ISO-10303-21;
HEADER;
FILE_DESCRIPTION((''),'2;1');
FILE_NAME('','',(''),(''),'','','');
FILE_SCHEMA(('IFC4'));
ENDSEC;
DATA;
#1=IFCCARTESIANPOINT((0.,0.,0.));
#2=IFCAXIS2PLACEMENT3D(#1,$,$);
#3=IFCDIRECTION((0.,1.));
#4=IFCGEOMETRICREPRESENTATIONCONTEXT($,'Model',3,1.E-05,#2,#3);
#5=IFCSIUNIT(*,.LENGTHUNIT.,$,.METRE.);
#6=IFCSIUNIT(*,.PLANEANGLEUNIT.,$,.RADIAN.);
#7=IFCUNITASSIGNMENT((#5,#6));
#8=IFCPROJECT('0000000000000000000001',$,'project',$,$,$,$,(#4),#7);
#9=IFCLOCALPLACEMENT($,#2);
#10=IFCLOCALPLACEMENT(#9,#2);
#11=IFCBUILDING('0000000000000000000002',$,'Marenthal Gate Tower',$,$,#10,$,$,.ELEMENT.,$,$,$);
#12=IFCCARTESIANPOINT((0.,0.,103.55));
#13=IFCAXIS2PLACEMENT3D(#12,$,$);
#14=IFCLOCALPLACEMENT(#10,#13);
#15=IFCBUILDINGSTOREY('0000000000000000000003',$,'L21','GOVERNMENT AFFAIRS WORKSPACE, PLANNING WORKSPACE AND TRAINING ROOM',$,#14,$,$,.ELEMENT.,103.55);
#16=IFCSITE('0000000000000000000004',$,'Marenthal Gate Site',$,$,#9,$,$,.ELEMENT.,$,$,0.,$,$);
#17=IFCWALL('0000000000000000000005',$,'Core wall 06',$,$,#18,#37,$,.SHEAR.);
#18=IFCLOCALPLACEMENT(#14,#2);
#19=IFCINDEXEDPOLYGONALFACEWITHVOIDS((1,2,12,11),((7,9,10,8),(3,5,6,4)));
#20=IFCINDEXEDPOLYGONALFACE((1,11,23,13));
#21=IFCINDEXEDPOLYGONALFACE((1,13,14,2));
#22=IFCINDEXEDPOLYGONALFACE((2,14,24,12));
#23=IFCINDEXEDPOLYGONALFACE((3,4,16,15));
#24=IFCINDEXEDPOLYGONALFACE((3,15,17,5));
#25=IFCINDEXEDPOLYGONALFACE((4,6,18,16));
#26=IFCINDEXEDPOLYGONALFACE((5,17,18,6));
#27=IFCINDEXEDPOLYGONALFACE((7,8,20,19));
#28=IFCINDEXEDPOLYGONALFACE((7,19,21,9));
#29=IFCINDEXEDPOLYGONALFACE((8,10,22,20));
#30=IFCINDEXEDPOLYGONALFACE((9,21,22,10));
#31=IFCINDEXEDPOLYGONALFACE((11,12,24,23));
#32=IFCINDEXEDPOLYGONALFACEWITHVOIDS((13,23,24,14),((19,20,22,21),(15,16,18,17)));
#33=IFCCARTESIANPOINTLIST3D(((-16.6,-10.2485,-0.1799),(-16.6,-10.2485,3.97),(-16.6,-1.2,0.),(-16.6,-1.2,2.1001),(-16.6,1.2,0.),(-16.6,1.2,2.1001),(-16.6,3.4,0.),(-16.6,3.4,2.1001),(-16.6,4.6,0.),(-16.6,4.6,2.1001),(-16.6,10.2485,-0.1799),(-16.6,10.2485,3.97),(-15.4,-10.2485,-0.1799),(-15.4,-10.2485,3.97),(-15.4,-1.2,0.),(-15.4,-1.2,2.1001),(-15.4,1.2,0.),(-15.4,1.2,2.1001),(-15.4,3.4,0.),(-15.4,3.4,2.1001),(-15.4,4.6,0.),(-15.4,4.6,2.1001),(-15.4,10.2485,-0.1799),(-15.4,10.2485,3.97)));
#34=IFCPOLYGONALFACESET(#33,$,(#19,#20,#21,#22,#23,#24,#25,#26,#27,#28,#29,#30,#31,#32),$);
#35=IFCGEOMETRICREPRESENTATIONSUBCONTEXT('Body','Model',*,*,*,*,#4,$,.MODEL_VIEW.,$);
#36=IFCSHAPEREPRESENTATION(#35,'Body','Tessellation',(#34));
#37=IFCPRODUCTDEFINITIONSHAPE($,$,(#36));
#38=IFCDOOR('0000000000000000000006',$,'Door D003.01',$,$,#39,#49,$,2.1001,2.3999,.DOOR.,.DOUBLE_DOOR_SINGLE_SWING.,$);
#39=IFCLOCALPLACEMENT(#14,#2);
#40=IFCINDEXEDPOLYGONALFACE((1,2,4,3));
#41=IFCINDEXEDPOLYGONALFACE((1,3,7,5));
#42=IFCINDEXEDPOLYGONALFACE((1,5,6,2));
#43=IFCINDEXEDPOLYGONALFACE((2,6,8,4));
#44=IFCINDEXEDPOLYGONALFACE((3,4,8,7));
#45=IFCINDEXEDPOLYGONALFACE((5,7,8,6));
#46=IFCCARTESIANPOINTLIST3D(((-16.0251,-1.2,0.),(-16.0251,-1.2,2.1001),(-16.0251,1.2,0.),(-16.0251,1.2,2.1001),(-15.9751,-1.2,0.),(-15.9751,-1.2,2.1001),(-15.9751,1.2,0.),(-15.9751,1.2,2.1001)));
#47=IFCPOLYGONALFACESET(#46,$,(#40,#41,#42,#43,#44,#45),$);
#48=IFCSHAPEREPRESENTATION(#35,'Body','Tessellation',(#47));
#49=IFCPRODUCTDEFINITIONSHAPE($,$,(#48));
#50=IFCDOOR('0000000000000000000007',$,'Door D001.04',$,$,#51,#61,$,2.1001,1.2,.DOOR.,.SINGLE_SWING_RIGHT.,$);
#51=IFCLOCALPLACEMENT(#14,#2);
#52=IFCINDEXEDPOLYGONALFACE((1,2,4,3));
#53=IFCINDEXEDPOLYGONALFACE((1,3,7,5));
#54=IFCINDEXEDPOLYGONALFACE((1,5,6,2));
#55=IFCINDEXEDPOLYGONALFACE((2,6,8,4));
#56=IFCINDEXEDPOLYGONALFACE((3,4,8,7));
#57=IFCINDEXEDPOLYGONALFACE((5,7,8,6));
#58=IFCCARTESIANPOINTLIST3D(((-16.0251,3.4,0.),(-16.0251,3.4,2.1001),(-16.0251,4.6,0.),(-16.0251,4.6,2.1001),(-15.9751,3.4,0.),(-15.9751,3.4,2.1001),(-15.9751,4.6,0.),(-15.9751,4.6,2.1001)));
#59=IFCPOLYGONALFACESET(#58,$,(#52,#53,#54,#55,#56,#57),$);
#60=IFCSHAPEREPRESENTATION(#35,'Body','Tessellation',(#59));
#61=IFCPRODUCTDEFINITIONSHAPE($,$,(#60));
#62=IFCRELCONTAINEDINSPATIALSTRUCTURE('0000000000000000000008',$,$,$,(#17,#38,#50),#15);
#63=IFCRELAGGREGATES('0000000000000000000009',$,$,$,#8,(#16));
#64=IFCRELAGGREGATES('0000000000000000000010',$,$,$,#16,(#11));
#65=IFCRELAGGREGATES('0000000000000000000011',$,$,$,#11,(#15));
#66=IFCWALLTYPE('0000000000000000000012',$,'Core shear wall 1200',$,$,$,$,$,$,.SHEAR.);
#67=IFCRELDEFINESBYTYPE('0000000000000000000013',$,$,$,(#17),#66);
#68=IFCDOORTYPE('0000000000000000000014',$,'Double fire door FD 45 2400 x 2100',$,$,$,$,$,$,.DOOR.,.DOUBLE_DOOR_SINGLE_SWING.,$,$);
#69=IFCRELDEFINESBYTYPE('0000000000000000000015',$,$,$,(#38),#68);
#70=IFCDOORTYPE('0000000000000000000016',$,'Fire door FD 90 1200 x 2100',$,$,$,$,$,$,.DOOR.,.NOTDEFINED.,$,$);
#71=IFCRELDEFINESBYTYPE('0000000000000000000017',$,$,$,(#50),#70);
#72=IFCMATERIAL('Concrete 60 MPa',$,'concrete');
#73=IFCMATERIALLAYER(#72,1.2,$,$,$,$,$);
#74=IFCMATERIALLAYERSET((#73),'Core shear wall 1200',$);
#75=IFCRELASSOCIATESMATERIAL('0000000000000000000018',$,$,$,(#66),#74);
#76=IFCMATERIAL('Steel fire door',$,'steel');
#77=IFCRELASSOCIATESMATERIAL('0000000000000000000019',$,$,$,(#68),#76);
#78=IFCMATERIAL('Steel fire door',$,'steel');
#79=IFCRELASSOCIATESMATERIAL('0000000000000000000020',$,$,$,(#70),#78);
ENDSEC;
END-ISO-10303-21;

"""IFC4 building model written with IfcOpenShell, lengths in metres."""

from ifc_helpers import new_model, si_unit, direction, frame, frame_2d, origin, place, context, subcontext, project, spatial, rectangle, extrude, material, layer, layer_set, type_object, element, fill, save


model = new_model("IFC4")

# Units and contexts
model_context = context("Model", 3, precision=1e-05, world=origin(), true_north=direction((0.0, 1.0)))
body_context = subcontext(model_context, "Body", "Model", "MODEL_VIEW")
ifc_project = project(units=[si_unit("LENGTHUNIT", "METRE"), si_unit("PLANEANGLEUNIT", "RADIAN")], contexts=[model_context])

# Site, building, storey
site_placement = place(None, origin())
site = spatial("IfcSite", under=ifc_project, at=site_placement, Name="Marenthal Gate Site", CompositionType="ELEMENT", RefElevation=0.0)
building_placement = place(site_placement, origin())
building = spatial("IfcBuilding", under=site, at=building_placement, Name="Marenthal Gate Tower", CompositionType="ELEMENT")
storey_placement = place(building_placement, frame((0.0, 0.0, 103.55)))
storey = spatial("IfcBuildingStorey", under=building, at=storey_placement, Name="L21", Description="GOVERNMENT AFFAIRS WORKSPACE, PLANNING WORKSPACE AND TRAINING ROOM", CompositionType="ELEMENT", Elevation=103.55)

# Wall, openings, doors
ifc_material_1 = material(Name="Concrete 60 MPa", Category="concrete")
ifc_layer_1 = layer(ifc_material_1, 1.2)
ifc_layer_set_1 = layer_set([ifc_layer_1], Name="Core shear wall 1200")
wall_type_1 = type_object("IfcWallType", Name="Core shear wall 1200", PredefinedType="SHEAR", material=ifc_layer_set_1)
wall_1_placement = place(storey_placement, frame((-16.0, 10.2485, -0.1799), z_axis=(0.0, 0.0, 1.0), x_axis=(0.0, -1.0, 0.0)))
wall_1 = element("IfcWall", 1, at=wall_1_placement, inside=storey, type_object=wall_type_1, Name="Core wall 06", PredefinedType="SHEAR", context=body_context, shape_type="SweptSolid", body=[
    extrude(rectangle(XDim=20.4971, YDim=1.2, at=frame_2d((10.2485, 0.0))), origin(), (0.0, 0.0, 1.0), 4.1499),
])
opening_1_placement = place(wall_1_placement, frame((9.0486, 0.0, 0.1799)))
opening_1 = element("IfcOpeningElement", 2, at=opening_1_placement, cuts=wall_1, PredefinedType="OPENING", context=body_context, shape_type="SweptSolid", body=[
    extrude(rectangle(XDim=2.3999, YDim=2.1001, at=frame_2d((1.2, 1.05))), frame((0.0, 0.6099, 0.0), z_axis=(0.0, -1.0, 0.0), x_axis=(1.0, 0.0, 0.0)), (0.0, 0.0, 1.0), 1.22),
])
opening_2_placement = place(wall_1_placement, frame((5.6484, 0.0, 0.1799)))
opening_2 = element("IfcOpeningElement", 3, at=opening_2_placement, cuts=wall_1, PredefinedType="OPENING", context=body_context, shape_type="SweptSolid", body=[
    extrude(rectangle(XDim=1.2, YDim=2.1001, at=frame_2d((0.6001, 1.05))), frame((0.0, 0.6099, 0.0), z_axis=(0.0, -1.0, 0.0), x_axis=(1.0, 0.0, 0.0)), (0.0, 0.0, 1.0), 1.22),
])
ifc_material_2 = material(Name="Steel fire door", Category="steel")
door_type_1 = type_object("IfcDoorType", Name="Double fire door FD 45 2400 x 2100", OperationType="DOUBLE_DOOR_SINGLE_SWING", PredefinedType="DOOR", material=ifc_material_2)
door_1_placement = place(opening_1_placement, origin())
door_1 = element("IfcDoor", 4, at=door_1_placement, inside=storey, type_object=door_type_1, Name="Door D003.01", OperationType="DOUBLE_DOOR_SINGLE_SWING", OverallHeight=2.1001, OverallWidth=2.3999, PredefinedType="DOOR", context=body_context, shape_type="SweptSolid", body=[
    extrude(rectangle(XDim=2.3999, YDim=2.1001, at=frame_2d((1.2, 1.05))), frame((0.0, 0.0249, 0.0), z_axis=(0.0, -1.0, 0.0), x_axis=(1.0, 0.0, 0.0)), (0.0, 0.0, 1.0), 0.05),
])
fill(opening_1, door_1)
ifc_material_3 = material(Name="Steel fire door", Category="steel")
door_type_2 = type_object("IfcDoorType", Name="Fire door FD 90 1200 x 2100", OperationType="NOTDEFINED", PredefinedType="DOOR", material=ifc_material_3)
door_2_placement = place(opening_2_placement, origin())
door_2 = element("IfcDoor", 5, at=door_2_placement, inside=storey, type_object=door_type_2, Name="Door D001.04", OperationType="SINGLE_SWING_RIGHT", OverallHeight=2.1001, OverallWidth=1.2, PredefinedType="DOOR", context=body_context, shape_type="SweptSolid", body=[
    extrude(rectangle(XDim=1.2, YDim=2.1001, at=frame_2d((0.6001, 1.05))), frame((0.0, 0.0249, 0.0), z_axis=(0.0, -1.0, 0.0), x_axis=(1.0, 0.0, 0.0)), (0.0, 0.0, 1.0), 0.05),
])
fill(opening_2, door_2)

save(model, "model.ifc")
